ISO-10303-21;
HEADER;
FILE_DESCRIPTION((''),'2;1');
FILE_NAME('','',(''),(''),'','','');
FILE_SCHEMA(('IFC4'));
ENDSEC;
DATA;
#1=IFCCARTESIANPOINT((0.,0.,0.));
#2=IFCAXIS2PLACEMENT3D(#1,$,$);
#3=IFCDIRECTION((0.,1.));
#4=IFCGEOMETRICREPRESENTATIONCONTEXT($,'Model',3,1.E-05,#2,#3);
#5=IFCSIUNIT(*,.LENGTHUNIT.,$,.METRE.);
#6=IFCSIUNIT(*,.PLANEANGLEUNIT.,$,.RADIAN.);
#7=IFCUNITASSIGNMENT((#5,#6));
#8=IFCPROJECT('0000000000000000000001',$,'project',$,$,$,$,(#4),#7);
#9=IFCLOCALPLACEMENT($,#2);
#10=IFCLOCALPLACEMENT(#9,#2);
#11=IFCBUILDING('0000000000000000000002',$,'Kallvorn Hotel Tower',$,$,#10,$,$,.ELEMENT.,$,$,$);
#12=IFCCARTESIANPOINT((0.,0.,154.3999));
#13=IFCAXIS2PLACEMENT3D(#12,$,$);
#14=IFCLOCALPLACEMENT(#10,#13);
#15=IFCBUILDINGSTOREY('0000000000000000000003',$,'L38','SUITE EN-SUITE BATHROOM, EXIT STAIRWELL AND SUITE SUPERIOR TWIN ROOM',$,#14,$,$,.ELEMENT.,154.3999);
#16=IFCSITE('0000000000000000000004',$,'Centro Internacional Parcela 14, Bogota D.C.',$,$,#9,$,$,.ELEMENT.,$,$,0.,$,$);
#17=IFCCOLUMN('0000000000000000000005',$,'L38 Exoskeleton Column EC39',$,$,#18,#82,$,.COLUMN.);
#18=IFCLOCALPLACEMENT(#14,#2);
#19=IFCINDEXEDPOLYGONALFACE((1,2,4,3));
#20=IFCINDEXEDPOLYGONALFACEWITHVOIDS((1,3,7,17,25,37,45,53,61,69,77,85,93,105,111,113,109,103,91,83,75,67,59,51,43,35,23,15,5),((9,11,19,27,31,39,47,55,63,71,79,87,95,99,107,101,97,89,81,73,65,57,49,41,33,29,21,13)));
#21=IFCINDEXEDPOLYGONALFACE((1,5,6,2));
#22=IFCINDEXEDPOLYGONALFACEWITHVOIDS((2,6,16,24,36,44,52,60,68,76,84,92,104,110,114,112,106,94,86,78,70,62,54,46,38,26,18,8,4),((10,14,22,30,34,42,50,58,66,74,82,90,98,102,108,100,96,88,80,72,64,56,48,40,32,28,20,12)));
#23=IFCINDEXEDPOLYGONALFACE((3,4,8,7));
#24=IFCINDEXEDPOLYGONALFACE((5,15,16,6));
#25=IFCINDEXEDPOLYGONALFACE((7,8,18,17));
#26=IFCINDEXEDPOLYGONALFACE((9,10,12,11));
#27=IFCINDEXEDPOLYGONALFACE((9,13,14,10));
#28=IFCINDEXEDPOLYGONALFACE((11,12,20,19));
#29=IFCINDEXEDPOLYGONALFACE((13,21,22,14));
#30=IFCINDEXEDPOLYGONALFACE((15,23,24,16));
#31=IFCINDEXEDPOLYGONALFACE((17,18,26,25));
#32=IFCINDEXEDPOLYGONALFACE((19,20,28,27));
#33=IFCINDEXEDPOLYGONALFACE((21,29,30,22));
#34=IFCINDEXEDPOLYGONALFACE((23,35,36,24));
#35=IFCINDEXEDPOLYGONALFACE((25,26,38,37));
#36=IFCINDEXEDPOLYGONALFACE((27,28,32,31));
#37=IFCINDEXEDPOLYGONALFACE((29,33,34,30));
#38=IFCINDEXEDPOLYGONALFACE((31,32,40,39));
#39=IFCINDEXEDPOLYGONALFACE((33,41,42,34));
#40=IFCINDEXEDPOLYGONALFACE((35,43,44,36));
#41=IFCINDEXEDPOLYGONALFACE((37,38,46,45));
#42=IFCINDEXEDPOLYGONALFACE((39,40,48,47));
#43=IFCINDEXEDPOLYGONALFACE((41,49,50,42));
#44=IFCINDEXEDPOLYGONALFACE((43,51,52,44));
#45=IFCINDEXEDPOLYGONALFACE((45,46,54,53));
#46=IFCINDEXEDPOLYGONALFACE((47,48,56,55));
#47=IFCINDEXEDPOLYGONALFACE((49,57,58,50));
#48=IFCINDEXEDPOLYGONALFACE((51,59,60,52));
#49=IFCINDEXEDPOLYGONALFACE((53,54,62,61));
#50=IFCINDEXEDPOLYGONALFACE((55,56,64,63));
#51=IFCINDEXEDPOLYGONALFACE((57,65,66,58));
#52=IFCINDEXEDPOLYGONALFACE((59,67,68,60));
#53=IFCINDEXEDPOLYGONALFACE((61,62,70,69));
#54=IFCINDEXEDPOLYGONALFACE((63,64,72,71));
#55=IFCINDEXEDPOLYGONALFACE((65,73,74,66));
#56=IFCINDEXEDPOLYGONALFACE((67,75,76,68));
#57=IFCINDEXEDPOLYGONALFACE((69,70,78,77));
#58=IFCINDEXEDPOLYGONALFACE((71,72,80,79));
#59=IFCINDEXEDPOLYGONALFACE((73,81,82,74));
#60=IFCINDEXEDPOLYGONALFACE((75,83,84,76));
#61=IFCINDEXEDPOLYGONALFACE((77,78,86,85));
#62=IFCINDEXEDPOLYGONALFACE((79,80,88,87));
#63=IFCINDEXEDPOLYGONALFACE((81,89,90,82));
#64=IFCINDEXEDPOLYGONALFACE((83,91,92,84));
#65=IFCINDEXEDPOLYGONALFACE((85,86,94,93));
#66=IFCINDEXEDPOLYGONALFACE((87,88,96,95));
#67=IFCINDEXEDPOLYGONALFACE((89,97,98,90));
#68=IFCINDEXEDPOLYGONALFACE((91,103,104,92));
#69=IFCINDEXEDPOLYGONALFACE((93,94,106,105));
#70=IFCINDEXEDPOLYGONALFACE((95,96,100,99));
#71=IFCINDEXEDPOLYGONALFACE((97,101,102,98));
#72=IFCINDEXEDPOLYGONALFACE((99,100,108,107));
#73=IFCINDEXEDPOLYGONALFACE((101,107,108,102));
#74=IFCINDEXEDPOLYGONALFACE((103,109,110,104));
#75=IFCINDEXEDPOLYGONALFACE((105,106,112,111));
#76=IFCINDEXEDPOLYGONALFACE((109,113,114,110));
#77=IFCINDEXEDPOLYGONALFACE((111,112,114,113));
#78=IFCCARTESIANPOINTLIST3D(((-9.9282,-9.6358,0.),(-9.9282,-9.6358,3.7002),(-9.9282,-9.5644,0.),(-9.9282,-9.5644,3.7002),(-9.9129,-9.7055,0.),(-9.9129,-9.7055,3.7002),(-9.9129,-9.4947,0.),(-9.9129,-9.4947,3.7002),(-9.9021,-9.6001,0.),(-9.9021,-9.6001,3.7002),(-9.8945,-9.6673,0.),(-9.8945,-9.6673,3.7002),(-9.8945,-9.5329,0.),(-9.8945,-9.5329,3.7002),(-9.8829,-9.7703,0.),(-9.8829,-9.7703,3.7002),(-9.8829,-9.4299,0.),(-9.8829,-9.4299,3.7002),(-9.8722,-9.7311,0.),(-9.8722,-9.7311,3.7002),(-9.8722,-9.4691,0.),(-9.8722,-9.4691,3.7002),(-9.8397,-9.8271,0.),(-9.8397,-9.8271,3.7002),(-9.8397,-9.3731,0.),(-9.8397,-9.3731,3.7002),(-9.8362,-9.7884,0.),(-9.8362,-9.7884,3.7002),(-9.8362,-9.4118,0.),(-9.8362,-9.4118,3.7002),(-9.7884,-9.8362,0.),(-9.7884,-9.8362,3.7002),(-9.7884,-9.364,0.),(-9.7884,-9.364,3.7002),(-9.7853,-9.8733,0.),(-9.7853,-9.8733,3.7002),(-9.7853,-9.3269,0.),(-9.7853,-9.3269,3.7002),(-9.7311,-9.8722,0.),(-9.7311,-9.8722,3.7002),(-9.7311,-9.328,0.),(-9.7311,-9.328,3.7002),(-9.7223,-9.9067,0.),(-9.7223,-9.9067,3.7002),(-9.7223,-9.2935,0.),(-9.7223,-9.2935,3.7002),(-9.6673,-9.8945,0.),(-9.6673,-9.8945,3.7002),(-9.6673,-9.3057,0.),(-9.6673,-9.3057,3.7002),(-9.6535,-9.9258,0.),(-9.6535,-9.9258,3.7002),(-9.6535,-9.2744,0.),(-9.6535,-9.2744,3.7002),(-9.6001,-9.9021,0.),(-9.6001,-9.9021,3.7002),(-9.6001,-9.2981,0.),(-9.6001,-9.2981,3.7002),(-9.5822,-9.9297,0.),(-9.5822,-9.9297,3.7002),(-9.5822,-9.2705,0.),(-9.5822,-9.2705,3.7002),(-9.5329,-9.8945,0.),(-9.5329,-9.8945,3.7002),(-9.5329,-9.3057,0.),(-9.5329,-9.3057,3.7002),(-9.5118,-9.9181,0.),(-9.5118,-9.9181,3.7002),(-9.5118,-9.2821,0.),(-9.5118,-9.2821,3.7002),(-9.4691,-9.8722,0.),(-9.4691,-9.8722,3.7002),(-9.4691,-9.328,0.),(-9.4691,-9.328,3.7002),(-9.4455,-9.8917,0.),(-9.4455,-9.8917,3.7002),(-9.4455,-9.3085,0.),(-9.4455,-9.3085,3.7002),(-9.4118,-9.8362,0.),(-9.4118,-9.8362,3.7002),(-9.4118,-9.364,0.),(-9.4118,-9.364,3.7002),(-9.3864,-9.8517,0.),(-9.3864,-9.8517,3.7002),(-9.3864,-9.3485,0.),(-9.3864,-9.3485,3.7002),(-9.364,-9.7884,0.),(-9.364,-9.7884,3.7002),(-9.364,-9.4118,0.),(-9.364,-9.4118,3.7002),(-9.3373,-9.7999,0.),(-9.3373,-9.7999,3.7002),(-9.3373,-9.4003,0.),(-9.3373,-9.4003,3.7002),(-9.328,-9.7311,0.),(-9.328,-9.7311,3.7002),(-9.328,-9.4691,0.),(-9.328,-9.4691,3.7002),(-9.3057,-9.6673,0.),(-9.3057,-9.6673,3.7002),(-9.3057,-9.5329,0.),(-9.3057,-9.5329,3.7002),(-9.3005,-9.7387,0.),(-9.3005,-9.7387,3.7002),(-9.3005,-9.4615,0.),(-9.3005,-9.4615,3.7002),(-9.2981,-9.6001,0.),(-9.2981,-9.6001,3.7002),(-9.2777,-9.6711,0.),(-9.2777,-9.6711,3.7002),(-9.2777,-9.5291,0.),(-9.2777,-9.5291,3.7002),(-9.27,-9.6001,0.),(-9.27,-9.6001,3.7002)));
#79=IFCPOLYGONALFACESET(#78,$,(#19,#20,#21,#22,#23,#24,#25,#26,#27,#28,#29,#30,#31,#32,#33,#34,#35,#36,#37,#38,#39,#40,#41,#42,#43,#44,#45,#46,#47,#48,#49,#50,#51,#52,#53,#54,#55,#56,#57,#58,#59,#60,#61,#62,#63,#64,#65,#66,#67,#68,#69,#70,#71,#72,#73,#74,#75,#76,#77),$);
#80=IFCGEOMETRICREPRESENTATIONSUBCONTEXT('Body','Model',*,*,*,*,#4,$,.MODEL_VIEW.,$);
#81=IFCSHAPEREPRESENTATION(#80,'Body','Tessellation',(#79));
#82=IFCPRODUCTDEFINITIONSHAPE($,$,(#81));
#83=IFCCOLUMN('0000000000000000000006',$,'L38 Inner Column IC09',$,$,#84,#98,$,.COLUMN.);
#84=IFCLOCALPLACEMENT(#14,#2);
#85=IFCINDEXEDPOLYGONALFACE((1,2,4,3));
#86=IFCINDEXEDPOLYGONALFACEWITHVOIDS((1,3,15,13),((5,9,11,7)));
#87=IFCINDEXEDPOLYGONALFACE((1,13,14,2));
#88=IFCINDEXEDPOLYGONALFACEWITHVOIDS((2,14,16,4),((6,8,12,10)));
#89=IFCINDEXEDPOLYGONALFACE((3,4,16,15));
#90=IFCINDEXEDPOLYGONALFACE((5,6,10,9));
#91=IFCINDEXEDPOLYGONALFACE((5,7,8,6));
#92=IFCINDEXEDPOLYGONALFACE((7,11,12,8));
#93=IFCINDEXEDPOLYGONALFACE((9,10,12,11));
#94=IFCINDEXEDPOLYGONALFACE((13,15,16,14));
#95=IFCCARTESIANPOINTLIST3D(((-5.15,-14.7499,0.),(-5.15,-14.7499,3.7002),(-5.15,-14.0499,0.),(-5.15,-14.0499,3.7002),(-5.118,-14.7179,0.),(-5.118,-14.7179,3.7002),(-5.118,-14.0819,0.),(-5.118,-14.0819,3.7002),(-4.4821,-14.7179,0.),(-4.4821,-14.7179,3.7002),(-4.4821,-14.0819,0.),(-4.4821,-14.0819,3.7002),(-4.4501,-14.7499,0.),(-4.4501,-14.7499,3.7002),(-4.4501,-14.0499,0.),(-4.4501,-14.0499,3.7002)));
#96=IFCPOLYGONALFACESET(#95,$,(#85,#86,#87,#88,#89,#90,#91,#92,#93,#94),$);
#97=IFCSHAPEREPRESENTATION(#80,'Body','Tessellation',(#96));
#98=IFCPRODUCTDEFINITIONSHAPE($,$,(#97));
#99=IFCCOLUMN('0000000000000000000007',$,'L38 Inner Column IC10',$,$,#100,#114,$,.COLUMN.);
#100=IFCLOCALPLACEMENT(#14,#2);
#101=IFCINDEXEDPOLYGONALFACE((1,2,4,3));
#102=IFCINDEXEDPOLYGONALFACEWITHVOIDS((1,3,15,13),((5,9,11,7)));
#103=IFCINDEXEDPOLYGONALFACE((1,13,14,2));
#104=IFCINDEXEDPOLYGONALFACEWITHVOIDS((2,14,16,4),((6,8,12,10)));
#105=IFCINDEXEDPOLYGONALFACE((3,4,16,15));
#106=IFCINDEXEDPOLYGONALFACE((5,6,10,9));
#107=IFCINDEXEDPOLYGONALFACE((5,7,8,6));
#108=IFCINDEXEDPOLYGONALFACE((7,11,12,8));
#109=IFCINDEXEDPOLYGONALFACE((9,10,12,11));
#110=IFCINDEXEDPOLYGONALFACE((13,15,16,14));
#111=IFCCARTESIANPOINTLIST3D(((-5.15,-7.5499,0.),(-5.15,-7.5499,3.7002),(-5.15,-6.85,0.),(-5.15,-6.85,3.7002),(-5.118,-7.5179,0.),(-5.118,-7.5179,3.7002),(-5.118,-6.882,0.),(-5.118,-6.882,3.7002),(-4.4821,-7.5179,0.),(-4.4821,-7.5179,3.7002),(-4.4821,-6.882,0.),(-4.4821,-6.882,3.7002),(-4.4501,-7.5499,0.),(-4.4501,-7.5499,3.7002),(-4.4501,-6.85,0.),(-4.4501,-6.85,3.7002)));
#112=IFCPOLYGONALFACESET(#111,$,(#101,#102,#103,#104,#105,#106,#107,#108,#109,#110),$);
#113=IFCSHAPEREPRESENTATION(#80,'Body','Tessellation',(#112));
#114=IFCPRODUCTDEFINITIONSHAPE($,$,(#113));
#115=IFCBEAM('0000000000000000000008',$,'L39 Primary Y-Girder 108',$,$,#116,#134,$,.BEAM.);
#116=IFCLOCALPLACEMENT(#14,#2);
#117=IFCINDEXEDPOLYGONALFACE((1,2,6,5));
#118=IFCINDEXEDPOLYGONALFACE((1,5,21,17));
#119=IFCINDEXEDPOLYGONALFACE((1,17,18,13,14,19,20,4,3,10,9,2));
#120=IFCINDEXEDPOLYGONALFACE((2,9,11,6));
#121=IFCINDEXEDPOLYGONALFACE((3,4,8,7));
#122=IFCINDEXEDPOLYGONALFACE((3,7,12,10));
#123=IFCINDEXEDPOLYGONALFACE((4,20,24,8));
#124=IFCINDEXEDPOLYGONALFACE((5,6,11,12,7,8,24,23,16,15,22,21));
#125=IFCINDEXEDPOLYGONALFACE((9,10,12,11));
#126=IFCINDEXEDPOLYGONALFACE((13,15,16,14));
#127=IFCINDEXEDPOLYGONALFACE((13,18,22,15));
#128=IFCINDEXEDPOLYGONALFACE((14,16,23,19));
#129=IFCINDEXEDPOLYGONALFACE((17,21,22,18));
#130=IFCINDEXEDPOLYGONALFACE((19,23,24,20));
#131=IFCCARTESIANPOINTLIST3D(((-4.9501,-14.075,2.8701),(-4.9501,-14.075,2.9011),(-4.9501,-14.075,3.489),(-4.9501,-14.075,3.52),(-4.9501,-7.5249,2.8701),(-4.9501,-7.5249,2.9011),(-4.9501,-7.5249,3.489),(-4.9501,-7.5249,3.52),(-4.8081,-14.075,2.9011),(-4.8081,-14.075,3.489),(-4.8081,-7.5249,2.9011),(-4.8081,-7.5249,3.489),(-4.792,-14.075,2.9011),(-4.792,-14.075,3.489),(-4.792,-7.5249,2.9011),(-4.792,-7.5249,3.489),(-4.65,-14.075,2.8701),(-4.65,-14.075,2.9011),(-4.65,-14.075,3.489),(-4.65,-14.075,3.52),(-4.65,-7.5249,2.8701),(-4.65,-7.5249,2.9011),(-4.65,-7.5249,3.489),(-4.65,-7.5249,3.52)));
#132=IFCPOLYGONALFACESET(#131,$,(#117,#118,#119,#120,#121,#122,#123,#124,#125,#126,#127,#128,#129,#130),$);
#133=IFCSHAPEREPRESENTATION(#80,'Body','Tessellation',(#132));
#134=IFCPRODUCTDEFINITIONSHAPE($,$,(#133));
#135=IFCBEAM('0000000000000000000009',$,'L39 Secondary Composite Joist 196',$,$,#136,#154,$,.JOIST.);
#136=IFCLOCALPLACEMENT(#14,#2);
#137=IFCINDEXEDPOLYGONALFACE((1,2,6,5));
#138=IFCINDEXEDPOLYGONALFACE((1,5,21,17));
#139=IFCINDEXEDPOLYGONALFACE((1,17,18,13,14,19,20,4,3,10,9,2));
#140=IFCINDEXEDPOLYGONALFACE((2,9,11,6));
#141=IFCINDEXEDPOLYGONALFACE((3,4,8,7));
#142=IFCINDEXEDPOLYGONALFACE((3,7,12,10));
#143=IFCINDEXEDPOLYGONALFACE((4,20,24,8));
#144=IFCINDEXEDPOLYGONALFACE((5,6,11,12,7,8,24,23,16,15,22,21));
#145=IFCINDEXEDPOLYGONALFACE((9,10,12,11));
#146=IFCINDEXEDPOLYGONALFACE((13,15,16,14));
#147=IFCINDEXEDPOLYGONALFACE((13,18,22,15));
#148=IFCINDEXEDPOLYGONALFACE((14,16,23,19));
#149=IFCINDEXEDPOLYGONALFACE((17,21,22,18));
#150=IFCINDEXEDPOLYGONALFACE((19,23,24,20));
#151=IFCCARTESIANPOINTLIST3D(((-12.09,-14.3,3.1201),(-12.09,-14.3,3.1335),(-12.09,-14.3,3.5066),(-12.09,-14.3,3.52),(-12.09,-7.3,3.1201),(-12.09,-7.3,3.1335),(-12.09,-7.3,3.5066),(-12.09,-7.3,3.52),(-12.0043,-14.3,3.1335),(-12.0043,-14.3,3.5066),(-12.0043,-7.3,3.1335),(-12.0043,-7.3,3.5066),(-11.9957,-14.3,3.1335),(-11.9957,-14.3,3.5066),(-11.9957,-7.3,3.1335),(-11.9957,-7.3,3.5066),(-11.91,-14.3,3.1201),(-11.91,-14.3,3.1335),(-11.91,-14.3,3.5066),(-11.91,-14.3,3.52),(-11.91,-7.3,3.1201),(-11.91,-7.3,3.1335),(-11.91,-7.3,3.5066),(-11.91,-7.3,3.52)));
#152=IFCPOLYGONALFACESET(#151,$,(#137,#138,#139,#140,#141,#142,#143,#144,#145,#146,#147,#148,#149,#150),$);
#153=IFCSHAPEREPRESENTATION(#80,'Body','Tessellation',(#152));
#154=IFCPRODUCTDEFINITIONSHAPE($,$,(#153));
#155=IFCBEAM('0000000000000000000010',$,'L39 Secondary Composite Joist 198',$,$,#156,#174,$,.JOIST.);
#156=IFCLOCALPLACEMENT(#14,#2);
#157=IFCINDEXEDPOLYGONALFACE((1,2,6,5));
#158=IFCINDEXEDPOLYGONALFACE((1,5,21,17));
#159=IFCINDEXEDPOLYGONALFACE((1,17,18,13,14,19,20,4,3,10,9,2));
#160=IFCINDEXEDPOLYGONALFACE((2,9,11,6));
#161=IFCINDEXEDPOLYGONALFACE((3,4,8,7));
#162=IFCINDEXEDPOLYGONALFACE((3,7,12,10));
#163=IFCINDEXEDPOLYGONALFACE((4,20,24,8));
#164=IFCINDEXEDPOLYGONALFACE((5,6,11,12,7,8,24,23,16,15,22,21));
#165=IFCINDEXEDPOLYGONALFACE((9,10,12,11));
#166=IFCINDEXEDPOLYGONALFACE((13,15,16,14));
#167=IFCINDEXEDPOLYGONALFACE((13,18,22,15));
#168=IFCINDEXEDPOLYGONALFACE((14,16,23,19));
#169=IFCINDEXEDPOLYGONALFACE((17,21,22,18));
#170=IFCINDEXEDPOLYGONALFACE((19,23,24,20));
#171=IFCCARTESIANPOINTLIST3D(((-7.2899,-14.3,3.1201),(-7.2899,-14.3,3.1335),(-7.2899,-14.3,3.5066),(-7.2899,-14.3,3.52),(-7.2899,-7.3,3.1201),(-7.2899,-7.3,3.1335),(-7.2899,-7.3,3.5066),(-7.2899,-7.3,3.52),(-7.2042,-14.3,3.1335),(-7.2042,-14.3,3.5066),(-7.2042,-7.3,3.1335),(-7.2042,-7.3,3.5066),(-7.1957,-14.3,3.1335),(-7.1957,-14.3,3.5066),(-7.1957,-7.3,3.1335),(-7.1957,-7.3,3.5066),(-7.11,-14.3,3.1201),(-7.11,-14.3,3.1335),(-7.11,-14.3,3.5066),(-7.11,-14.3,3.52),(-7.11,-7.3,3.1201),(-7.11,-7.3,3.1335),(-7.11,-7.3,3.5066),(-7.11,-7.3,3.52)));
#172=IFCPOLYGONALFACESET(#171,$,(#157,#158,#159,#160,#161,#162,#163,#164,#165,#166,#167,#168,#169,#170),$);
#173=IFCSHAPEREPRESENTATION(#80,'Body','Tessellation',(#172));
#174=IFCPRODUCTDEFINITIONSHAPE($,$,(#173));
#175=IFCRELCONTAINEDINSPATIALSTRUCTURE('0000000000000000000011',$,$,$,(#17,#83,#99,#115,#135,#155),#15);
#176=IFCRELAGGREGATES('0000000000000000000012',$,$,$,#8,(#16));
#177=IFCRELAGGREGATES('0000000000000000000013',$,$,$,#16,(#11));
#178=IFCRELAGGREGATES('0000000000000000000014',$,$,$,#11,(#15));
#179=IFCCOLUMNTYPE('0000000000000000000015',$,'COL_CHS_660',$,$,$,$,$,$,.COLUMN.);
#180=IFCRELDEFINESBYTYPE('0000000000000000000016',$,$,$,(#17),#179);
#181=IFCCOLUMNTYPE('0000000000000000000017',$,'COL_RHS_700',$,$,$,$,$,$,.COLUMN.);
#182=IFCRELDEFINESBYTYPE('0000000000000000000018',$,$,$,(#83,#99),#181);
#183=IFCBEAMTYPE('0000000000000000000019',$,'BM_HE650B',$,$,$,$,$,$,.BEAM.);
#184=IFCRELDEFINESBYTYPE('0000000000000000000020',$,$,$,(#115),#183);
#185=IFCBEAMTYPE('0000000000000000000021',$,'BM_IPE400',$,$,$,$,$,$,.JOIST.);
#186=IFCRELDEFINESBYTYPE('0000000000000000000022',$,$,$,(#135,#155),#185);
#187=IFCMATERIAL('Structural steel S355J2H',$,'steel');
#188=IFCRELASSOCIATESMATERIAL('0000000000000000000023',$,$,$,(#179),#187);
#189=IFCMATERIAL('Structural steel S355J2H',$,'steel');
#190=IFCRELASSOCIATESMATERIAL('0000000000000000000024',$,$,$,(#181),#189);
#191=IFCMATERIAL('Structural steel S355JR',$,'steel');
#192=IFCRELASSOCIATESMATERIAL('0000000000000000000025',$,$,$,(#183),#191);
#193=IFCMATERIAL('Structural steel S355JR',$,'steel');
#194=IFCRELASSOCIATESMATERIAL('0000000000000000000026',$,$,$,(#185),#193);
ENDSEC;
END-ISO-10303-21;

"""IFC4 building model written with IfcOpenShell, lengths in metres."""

from ifc_helpers import new_model, si_unit, direction, frame, origin, origin_2d, place, context, subcontext, project, spatial, hollow_rectangle, hollow_circle, i_section, extrude, material, material_profile, profile_set, type_object, element, save


model = new_model("IFC4")

# Units and contexts
model_context = context("Model", 3, precision=1e-05, world=origin(), true_north=direction((0.0, 1.0)))
body_context = subcontext(model_context, "Body", "Model", "MODEL_VIEW")
ifc_project = project(units=[si_unit("LENGTHUNIT", "METRE"), si_unit("PLANEANGLEUNIT", "RADIAN")], contexts=[model_context])

# Site, building, storey
site_placement = place(None, origin())
site = spatial("IfcSite", under=ifc_project, at=site_placement, Name="Centro Internacional Parcela 14, Bogota D.C.", CompositionType="ELEMENT", RefElevation=0.0)
building_placement = place(site_placement, origin())
building = spatial("IfcBuilding", under=site, at=building_placement, Name="Kallvorn Hotel Tower", CompositionType="ELEMENT")
storey_placement = place(building_placement, frame((0.0, 0.0, 154.3999)))
storey = spatial("IfcBuildingStorey", under=building, at=storey_placement, Name="L38", Description="SUITE EN-SUITE BATHROOM, EXIT STAIRWELL AND SUITE SUPERIOR TWIN ROOM", CompositionType="ELEMENT", Elevation=154.3999)

# Columns
ifc_material_1 = material(Name="Structural steel S355J2H", Category="steel")
ifc_material_profile_1 = material_profile(ifc_material_1, hollow_circle(Radius=0.3301, WallThickness=0.0281, at=origin_2d()), Name="CHS 660x28")
ifc_profile_set_1 = profile_set([ifc_material_profile_1], Name="Structural steel S355J2H")
column_type_1 = type_object("IfcColumnType", Name="COL_CHS_660", PredefinedType="COLUMN", material=ifc_profile_set_1)
column_placement = place(storey_placement, frame((-9.6001, -9.6001, 0.0), z_axis=(0.0, 0.0, 1.0), x_axis=(1.0, 0.0, 0.0)))
element("IfcColumn", 1, at=column_placement, inside=storey, type_object=column_type_1, Name="L38 Exoskeleton Column EC39", PredefinedType="COLUMN", context=body_context, shape_type="SweptSolid", body=[
    extrude(hollow_circle(Radius=0.3301, WallThickness=0.0281, at=origin_2d()), origin(), (0.0, 0.0, 1.0), 3.7002),
])
ifc_material_2 = material(Name="Structural steel S355J2H", Category="steel")
ifc_material_profile_2 = material_profile(ifc_material_2, hollow_rectangle(XDim=0.7, YDim=0.7, WallThickness=0.032, at=origin_2d()), Name="RHS 700x700x32")
ifc_profile_set_2 = profile_set([ifc_material_profile_2], Name="Structural steel S355J2H")
column_type_2 = type_object("IfcColumnType", Name="COL_RHS_700", PredefinedType="COLUMN", material=ifc_profile_set_2)
for number, where, z_axis, x_axis, name in (
    (2, (-4.8, -14.3999, 0.0), (0.0, 0.0, 1.0), (1.0, 0.0, 0.0), "L38 Inner Column IC09"),
    (3, (-4.8, -7.2, 0.0), (0.0, 0.0, 1.0), (1.0, 0.0, 0.0), "L38 Inner Column IC10"),
):
    element("IfcColumn", number, at=place(storey_placement, frame(where, z_axis=z_axis, x_axis=x_axis)), inside=storey, type_object=column_type_2, Name=name, PredefinedType="COLUMN", context=body_context, shape_type="SweptSolid", body=[
        extrude(hollow_rectangle(XDim=0.7, YDim=0.7, WallThickness=0.032, at=origin_2d()), origin(), (0.0, 0.0, 1.0), 3.7002),
    ])

# Beams
ifc_material_3 = material(Name="Structural steel S355JR", Category="steel")
ifc_material_profile_3 = material_profile(ifc_material_3, i_section(OverallWidth=0.3, OverallDepth=0.6499, WebThickness=0.0161, FlangeThickness=0.031, at=origin_2d()), Name="HE 650 B")
ifc_profile_set_3 = profile_set([ifc_material_profile_3], Name="Structural steel S355JR")
beam_type_1 = type_object("IfcBeamType", Name="BM_HE650B", PredefinedType="BEAM", material=ifc_profile_set_3)
beam_1_placement = place(storey_placement, frame((-4.8, -14.075, 3.1951), z_axis=(0.0, 1.0, 0.0), x_axis=(-1.0, 0.0, 0.0)))
element("IfcBeam", 4, at=beam_1_placement, inside=storey, type_object=beam_type_1, Name="L39 Primary Y-Girder 108", PredefinedType="BEAM", context=body_context, shape_type="SweptSolid", body=[
    extrude(i_section(OverallWidth=0.3, OverallDepth=0.6499, WebThickness=0.0161, FlangeThickness=0.031, at=origin_2d()), origin(), (0.0, 0.0, 1.0), 6.55),
])
ifc_material_4 = material(Name="Structural steel S355JR", Category="steel")
ifc_material_profile_4 = material_profile(ifc_material_4, i_section(OverallWidth=0.1799, OverallDepth=0.3999, WebThickness=0.0085, FlangeThickness=0.0134, at=origin_2d()), Name="IPE 400")
ifc_profile_set_4 = profile_set([ifc_material_profile_4], Name="Structural steel S355JR")
beam_type_2 = type_object("IfcBeamType", Name="BM_IPE400", PredefinedType="JOIST", material=ifc_profile_set_4)
for number, where, z_axis, x_axis, name in (
    (5, (-12.0, -14.3, 3.3201), (0.0, 1.0, 0.0), (-1.0, 0.0, 0.0), "L39 Secondary Composite Joist 196"),
    (6, (-7.2, -14.3, 3.3201), (0.0, 1.0, 0.0), (-1.0, 0.0, 0.0), "L39 Secondary Composite Joist 198"),
):
    element("IfcBeam", number, at=place(storey_placement, frame(where, z_axis=z_axis, x_axis=x_axis)), inside=storey, type_object=beam_type_2, Name=name, PredefinedType="JOIST", context=body_context, shape_type="SweptSolid", body=[
        extrude(i_section(OverallWidth=0.1799, OverallDepth=0.3999, WebThickness=0.0085, FlangeThickness=0.0134, at=origin_2d()), origin(), (0.0, 0.0, 1.0), 7.0),
    ])

save(model, "model.ifc")
